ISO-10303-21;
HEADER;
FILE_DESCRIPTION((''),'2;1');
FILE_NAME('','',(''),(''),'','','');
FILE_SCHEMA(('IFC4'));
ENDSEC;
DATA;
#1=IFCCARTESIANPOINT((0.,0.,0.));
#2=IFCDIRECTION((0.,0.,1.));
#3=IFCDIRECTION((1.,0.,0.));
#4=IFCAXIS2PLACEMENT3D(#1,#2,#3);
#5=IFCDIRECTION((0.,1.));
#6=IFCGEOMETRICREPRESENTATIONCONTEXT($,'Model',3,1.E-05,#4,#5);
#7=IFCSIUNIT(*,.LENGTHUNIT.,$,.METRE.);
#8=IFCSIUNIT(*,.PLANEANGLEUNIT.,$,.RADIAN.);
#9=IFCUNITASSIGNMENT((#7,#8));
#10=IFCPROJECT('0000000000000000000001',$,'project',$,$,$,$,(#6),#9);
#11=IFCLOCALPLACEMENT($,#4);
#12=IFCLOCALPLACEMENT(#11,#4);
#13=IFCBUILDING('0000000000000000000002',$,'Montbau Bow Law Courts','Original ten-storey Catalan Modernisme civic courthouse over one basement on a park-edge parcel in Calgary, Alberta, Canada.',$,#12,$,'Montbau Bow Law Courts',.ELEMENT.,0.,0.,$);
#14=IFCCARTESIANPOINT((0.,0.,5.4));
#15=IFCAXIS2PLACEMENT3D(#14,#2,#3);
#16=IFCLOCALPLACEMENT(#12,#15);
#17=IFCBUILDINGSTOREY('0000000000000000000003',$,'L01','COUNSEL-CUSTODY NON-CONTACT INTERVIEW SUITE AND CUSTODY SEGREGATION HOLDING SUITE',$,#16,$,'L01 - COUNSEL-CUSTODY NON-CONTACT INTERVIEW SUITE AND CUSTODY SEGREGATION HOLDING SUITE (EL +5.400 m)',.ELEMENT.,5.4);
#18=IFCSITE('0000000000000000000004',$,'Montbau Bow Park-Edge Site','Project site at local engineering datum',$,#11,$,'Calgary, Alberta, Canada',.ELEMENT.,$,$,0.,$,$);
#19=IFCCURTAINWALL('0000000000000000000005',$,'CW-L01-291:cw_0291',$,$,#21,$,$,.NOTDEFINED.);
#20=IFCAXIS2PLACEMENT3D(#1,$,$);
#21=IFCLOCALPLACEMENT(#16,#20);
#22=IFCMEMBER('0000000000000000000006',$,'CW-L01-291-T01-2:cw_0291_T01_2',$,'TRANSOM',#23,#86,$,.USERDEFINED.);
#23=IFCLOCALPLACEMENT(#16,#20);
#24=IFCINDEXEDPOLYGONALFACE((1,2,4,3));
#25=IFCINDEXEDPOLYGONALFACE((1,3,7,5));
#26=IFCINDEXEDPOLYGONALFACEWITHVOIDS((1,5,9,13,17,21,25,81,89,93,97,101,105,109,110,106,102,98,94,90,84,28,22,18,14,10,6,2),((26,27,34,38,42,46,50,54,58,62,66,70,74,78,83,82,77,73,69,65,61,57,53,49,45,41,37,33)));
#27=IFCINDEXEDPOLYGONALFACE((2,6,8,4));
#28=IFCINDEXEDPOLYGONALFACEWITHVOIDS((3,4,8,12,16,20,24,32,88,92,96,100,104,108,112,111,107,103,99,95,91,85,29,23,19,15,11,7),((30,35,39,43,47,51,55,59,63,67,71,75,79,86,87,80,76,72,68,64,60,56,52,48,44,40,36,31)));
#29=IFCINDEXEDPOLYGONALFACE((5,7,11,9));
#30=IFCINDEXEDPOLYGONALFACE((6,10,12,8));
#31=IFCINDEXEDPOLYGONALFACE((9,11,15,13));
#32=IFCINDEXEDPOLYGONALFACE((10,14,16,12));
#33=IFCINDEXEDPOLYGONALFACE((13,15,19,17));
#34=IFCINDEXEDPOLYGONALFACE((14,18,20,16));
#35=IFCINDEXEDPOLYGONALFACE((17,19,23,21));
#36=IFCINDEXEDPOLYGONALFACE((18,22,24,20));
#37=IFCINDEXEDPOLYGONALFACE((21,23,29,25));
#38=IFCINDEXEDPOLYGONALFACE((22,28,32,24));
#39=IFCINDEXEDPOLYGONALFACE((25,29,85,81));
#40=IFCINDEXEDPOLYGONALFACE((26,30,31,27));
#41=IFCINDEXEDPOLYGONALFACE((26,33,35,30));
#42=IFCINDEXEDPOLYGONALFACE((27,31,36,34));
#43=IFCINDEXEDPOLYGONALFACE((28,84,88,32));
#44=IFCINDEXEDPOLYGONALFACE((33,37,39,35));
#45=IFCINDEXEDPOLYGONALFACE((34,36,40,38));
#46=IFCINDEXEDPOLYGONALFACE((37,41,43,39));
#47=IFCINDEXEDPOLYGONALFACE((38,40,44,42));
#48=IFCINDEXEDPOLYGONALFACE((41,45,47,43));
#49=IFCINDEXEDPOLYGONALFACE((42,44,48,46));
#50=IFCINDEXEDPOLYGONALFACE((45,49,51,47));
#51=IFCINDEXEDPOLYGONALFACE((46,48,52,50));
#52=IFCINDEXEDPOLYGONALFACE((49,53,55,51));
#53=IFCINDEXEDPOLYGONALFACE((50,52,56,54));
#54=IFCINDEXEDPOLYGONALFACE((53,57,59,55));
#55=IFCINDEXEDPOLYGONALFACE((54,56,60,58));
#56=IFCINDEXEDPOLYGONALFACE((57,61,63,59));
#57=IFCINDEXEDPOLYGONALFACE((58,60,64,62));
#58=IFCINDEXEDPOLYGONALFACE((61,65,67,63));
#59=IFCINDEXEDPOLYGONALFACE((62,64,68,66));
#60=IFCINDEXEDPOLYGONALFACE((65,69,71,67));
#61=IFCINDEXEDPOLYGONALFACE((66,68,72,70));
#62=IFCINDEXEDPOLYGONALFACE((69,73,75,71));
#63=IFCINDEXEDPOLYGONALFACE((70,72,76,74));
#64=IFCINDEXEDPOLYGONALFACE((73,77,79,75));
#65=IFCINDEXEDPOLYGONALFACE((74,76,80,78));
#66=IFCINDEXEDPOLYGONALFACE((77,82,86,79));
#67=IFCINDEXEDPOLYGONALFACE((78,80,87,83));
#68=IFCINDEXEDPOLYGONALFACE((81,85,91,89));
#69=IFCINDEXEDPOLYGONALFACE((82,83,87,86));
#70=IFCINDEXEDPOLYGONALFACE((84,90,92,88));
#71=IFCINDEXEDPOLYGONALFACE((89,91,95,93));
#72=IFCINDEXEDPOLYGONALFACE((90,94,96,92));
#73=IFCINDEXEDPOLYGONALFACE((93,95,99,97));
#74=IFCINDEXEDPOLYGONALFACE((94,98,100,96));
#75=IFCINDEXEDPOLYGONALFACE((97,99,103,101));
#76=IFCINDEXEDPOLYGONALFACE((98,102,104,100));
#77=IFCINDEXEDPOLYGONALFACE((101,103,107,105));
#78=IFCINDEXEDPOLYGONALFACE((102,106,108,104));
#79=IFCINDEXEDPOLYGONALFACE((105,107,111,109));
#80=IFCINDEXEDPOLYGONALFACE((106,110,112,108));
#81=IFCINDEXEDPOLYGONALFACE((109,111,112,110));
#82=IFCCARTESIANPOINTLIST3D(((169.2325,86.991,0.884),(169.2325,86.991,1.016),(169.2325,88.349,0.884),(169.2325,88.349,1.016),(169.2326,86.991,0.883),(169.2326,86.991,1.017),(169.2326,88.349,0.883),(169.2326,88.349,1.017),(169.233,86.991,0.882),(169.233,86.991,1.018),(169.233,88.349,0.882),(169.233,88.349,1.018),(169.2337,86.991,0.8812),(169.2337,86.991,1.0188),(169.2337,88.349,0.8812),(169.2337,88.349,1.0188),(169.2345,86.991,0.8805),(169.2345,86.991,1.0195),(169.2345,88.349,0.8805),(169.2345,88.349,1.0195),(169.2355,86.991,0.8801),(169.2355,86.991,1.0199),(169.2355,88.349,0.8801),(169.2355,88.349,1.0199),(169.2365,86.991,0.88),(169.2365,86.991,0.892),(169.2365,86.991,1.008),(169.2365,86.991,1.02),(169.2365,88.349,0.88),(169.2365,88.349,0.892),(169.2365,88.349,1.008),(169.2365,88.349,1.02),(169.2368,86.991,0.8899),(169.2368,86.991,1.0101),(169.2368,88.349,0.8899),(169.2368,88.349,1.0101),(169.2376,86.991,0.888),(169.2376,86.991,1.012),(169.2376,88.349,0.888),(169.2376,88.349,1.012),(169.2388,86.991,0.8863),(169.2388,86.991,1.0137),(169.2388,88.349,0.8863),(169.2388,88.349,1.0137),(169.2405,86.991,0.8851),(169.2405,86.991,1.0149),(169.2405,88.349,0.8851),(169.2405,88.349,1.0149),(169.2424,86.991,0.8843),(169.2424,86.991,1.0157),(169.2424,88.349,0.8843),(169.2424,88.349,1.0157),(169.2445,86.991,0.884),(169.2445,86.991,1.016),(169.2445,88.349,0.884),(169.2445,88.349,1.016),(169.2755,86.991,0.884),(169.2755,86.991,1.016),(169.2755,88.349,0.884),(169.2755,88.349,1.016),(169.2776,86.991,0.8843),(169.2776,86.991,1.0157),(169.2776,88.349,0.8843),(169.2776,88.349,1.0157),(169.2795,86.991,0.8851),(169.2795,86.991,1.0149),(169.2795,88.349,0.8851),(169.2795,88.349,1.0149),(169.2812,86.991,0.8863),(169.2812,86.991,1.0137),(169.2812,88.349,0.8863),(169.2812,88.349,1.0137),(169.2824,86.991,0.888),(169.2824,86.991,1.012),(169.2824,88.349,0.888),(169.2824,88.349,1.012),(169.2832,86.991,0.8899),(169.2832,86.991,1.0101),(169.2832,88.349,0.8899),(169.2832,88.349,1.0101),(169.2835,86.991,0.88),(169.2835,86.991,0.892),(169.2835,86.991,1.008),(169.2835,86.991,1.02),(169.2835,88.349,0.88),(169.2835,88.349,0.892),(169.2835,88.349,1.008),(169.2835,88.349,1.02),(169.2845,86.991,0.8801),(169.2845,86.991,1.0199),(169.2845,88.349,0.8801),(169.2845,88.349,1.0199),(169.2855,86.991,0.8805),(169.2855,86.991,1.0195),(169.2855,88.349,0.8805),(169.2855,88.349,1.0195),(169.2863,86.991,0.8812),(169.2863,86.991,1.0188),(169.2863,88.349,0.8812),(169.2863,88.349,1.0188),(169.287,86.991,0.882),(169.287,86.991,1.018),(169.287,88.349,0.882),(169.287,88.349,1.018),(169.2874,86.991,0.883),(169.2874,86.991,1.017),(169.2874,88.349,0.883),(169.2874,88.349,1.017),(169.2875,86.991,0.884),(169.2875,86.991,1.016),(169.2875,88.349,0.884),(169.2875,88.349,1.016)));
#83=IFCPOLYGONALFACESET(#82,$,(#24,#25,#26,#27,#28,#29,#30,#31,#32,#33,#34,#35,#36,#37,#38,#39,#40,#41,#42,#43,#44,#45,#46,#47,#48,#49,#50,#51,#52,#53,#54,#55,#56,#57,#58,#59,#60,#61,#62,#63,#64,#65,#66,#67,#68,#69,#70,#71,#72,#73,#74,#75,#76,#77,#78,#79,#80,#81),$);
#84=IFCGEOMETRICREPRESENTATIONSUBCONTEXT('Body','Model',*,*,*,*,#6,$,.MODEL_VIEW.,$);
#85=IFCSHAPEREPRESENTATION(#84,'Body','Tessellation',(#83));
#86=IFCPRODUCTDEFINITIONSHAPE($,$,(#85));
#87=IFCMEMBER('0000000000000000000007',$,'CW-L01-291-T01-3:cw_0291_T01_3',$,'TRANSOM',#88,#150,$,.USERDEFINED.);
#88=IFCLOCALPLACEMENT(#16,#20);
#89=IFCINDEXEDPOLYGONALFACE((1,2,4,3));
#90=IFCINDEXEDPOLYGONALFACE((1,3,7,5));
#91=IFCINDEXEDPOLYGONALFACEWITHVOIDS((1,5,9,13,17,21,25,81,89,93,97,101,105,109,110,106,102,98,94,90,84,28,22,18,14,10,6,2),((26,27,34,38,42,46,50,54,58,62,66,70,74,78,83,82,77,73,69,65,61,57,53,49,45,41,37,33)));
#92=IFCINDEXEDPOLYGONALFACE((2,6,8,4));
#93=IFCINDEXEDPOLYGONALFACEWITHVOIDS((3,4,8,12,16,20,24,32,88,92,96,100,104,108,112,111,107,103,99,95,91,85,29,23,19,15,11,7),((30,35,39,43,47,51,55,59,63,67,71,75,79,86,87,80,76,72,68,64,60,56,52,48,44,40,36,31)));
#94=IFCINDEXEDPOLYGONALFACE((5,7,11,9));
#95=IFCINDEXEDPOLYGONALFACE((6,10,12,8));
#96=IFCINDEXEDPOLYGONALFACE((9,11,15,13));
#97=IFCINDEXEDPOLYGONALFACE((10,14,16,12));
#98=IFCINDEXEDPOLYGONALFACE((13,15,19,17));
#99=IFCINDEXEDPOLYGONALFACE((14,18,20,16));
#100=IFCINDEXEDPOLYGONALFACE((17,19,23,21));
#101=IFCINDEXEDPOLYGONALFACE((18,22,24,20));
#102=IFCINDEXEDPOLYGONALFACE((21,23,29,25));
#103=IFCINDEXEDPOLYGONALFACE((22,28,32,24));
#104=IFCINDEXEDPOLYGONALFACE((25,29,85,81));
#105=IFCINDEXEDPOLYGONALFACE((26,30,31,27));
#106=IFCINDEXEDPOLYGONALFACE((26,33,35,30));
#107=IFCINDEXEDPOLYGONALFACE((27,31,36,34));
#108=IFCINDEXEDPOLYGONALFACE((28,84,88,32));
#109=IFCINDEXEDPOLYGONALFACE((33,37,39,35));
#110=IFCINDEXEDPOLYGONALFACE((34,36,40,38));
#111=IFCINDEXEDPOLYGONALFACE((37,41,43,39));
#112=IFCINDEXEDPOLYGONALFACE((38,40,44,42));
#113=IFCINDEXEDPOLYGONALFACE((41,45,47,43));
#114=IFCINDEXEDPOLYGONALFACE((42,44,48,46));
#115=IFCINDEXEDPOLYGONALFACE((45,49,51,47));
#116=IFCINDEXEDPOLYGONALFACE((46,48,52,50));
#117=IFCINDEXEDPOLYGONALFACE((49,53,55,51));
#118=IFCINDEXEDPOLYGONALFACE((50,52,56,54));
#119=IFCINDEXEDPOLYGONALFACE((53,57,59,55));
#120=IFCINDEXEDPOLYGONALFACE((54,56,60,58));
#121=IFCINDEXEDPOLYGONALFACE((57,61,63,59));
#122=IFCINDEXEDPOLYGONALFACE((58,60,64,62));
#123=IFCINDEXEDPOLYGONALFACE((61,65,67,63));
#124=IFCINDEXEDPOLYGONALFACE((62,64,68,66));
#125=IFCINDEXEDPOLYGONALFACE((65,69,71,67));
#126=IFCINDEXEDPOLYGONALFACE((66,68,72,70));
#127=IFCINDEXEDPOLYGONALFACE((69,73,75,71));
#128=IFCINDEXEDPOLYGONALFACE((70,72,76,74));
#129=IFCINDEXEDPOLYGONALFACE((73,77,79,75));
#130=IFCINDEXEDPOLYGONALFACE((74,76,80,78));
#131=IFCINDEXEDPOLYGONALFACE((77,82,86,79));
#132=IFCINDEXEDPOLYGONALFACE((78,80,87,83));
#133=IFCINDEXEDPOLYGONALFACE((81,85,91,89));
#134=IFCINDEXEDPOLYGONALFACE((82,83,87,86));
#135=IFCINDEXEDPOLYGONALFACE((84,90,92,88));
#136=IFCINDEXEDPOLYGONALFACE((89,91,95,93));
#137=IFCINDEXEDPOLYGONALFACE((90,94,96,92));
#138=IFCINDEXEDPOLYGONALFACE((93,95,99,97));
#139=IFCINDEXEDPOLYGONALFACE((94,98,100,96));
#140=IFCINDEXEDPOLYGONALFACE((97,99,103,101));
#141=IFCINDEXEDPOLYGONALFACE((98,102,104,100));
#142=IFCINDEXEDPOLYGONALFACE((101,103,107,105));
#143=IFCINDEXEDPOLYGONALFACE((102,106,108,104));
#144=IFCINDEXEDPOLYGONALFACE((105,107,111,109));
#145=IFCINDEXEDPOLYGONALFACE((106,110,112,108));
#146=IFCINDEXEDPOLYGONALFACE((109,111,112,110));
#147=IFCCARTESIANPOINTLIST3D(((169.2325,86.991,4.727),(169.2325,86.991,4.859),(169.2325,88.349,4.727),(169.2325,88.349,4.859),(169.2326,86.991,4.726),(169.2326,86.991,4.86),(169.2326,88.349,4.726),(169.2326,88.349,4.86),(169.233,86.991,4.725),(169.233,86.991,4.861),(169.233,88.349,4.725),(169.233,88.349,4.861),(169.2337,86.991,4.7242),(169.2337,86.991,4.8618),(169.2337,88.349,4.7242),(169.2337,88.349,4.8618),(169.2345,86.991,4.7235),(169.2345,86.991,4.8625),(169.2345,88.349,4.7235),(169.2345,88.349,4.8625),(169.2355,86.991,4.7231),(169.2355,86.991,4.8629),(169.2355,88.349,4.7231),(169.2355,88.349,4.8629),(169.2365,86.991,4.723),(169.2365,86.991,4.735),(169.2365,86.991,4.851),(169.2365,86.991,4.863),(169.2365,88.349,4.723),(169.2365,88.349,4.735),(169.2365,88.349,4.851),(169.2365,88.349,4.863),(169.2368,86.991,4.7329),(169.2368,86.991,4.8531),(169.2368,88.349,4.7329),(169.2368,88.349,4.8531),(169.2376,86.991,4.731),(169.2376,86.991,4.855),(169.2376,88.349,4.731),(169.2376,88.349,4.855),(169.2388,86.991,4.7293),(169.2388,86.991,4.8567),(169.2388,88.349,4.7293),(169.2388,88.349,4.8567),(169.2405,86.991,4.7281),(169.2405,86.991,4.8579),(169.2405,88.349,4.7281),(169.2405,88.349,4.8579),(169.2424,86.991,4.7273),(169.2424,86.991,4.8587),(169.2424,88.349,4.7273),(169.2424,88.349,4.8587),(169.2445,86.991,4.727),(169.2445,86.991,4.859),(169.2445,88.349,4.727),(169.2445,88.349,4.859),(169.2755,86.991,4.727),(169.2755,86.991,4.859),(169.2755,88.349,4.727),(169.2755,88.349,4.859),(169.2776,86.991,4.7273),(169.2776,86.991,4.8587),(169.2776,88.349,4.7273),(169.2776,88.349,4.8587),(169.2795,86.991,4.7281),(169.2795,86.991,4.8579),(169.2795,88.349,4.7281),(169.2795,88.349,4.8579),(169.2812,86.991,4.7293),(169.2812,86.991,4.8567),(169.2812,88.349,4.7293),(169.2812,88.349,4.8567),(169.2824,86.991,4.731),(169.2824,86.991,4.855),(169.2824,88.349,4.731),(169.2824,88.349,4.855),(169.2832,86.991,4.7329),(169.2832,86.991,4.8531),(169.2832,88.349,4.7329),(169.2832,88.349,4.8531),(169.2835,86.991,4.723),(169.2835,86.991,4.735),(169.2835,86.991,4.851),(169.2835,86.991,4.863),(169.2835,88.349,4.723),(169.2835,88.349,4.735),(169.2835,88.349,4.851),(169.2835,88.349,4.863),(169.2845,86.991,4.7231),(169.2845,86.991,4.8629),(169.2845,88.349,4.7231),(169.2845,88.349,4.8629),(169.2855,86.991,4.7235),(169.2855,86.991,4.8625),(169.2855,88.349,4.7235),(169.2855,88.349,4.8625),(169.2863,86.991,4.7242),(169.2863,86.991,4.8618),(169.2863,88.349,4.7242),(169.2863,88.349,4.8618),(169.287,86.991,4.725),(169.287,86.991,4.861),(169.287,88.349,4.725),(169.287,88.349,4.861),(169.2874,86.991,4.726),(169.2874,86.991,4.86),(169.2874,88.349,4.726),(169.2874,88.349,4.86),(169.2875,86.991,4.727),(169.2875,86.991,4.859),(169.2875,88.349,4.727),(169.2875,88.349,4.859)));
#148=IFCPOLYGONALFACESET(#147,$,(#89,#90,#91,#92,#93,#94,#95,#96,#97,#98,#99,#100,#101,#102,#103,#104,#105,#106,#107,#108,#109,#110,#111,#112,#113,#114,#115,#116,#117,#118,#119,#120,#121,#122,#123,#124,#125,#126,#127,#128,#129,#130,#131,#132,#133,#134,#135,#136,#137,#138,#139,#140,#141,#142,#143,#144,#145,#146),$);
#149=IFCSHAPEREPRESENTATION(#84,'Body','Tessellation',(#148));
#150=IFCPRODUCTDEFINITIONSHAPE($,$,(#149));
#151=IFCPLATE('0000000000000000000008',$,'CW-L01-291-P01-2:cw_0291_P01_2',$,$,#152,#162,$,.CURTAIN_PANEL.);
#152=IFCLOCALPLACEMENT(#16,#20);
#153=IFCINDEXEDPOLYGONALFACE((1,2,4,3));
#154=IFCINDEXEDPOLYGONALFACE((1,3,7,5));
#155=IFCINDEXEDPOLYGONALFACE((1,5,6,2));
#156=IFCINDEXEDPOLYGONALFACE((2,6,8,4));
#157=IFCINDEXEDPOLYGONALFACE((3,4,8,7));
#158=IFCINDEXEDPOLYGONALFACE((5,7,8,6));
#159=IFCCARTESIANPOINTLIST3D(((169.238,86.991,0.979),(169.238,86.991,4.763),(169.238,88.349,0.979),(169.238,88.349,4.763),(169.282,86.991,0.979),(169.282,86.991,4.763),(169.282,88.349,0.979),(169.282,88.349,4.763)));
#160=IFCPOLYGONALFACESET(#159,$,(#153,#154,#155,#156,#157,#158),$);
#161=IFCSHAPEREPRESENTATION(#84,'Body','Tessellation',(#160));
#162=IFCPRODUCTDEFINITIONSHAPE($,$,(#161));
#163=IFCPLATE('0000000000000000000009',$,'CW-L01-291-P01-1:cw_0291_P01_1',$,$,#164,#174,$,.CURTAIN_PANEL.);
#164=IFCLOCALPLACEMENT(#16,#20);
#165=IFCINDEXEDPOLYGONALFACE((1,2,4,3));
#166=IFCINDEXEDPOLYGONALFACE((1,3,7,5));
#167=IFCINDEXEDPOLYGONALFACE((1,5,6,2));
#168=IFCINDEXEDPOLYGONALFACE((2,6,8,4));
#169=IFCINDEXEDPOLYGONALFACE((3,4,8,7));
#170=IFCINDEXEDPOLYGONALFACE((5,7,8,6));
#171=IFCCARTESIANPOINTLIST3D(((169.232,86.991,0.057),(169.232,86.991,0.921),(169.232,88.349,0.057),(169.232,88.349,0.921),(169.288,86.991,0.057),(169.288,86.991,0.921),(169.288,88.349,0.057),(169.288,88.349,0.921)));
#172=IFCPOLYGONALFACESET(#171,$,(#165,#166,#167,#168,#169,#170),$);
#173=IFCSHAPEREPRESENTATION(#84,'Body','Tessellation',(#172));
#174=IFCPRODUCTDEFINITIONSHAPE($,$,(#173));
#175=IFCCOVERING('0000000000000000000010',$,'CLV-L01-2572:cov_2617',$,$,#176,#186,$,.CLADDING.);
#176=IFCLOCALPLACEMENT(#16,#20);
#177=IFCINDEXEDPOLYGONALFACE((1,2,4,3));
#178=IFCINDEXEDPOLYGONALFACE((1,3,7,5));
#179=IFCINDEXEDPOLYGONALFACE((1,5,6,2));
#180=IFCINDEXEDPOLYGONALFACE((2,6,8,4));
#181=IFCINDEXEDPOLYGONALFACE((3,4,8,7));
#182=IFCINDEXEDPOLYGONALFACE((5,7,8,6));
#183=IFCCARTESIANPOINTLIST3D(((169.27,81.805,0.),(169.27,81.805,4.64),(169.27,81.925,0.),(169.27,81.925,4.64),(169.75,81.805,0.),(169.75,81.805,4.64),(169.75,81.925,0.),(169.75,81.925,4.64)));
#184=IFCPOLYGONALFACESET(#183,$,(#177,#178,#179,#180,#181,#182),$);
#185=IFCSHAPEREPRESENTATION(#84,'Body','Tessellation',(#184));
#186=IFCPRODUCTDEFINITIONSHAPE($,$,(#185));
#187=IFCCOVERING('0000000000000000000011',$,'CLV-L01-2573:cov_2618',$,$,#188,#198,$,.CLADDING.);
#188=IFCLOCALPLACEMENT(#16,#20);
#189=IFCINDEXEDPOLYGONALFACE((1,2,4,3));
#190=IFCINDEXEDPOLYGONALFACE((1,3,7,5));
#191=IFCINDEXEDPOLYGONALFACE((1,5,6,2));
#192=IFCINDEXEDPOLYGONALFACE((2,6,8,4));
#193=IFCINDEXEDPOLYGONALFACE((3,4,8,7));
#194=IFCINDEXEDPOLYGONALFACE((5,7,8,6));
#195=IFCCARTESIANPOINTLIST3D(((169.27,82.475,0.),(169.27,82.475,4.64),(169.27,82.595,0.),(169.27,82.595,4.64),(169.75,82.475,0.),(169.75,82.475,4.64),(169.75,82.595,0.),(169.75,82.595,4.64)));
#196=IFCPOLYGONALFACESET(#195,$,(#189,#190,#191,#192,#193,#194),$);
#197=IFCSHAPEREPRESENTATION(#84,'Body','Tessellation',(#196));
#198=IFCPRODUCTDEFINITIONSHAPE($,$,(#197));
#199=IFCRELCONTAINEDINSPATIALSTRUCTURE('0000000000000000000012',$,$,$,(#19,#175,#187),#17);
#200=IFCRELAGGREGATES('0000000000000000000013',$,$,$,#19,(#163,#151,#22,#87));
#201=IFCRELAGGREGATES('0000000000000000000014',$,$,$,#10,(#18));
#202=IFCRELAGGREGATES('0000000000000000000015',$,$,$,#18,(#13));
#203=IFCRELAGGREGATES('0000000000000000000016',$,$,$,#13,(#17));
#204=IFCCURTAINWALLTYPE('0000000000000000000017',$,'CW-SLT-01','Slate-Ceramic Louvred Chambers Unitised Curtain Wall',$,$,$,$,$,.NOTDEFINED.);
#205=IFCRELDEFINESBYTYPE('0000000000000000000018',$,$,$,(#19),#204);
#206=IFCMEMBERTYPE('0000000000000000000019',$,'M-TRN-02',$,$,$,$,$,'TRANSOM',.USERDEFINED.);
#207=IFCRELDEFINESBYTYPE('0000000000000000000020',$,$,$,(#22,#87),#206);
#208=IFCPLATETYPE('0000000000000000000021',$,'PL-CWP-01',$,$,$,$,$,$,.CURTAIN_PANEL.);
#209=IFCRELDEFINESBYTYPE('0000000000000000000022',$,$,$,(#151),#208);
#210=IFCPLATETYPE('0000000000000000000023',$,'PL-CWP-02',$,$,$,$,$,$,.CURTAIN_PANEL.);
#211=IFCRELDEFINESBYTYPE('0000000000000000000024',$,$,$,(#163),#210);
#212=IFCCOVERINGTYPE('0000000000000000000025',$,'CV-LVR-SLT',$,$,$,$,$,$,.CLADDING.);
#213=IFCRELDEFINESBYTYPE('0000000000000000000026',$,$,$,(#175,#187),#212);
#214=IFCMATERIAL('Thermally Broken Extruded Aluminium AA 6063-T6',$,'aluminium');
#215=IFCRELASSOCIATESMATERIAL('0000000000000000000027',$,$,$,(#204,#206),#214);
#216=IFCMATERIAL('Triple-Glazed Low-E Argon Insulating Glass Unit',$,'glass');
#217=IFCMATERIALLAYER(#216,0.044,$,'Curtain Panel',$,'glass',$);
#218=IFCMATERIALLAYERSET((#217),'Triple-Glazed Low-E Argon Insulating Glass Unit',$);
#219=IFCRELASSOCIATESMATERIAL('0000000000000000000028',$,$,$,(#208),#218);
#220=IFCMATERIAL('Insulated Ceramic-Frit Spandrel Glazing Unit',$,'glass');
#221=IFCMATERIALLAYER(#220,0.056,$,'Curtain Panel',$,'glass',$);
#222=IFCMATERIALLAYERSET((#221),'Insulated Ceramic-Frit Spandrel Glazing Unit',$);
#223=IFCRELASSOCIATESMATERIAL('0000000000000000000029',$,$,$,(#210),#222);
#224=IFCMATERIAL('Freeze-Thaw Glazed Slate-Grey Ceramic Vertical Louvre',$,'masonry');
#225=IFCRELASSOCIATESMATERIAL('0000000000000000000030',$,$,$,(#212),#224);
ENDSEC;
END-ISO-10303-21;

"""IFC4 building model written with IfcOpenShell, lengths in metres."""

from ifc_helpers import new_model, si_unit, direction, frame, frame_2d, origin_with_axes, origin_2d_with_axis, place, context, subcontext, project, spatial, rectangle, hollow_rectangle, extrude, material, layer, layer_set, material_profile, profile_set, type_object, element, aggregate, save


model = new_model("IFC4")

# Units and contexts
model_context = context("Model", 3, precision=1e-05, world=origin_with_axes(), true_north=direction((0.0, 1.0)))
body_context = subcontext(model_context, "Body", "Model", "MODEL_VIEW")
ifc_project = project(units=[si_unit("LENGTHUNIT", "METRE"), si_unit("PLANEANGLEUNIT", "RADIAN")], contexts=[model_context])

# Site, building, storey
site_placement = place(None, origin_with_axes())
site = spatial("IfcSite", under=ifc_project, at=site_placement, Name="Montbau Bow Park-Edge Site", Description="Project site at local engineering datum", LongName="Calgary, Alberta, Canada", CompositionType="ELEMENT", RefElevation=0.0)
building_placement = place(site_placement, origin_with_axes())
building = spatial("IfcBuilding", under=site, at=building_placement, Name="Montbau Bow Law Courts", Description="Original ten-storey Catalan Modernisme civic courthouse over one basement on a park-edge parcel in Calgary, Alberta, Canada.", LongName="Montbau Bow Law Courts", CompositionType="ELEMENT", ElevationOfRefHeight=0.0, ElevationOfTerrain=0.0)
storey_placement = place(building_placement, frame((0.0, 0.0, 5.4), z_axis=(0.0, 0.0, 1.0), x_axis=(1.0, 0.0, 0.0)))
storey = spatial("IfcBuildingStorey", under=building, at=storey_placement, Name="L01", Description="COUNSEL-CUSTODY NON-CONTACT INTERVIEW SUITE AND CUSTODY SEGREGATION HOLDING SUITE", LongName="L01 - COUNSEL-CUSTODY NON-CONTACT INTERVIEW SUITE AND CUSTODY SEGREGATION HOLDING SUITE (EL +5.400 m)", CompositionType="ELEMENT", Elevation=5.4)

# Curtain wall
ifc_material_1 = material(Name="Thermally Broken Extruded Aluminium AA 6063-T6", Category="aluminium")
curtain_wall_type = type_object("IfcCurtainWallType", Name="CW-SLT-01", Description="Slate-Ceramic Louvred Chambers Unitised Curtain Wall", PredefinedType="NOTDEFINED", material=ifc_material_1)
curtain_wall_1_placement = place(None, frame((169.26, 86.915, 5.4), z_axis=(0.0, 0.0, 1.0), x_axis=(1.0, 0.0, 0.0)))
curtain_wall_1 = element("IfcCurtainWall", 1, at=curtain_wall_1_placement, inside=storey, type_object=curtain_wall_type, Name="CW-L01-291:cw_0291", PredefinedType="NOTDEFINED")

# Members
ifc_material_profile_1 = material_profile(ifc_material_1, hollow_rectangle(XDim=0.055, YDim=0.14, WallThickness=0.004, InnerFilletRadius=0.008, OuterFilletRadius=0.004, at=origin_2d_with_axis()), Name="CWT-140X55", Category="Main", Priority=0)
ifc_profile_set_1 = profile_set([ifc_material_profile_1], Name="Thermally Broken Extruded Aluminium AA 6063-T6")
member_type_1 = type_object("IfcMemberType", Name="M-TRN-02", ElementType="TRANSOM", PredefinedType="USERDEFINED", material=ifc_profile_set_1)
member_1_placement = place(None, frame((169.26, 86.991, 6.35), z_axis=(0.0, 1.0, 0.0), x_axis=(-1.0, 0.0, 0.0)))
member_1 = element("IfcMember", 2, at=member_1_placement, type_object=member_type_1, Name="CW-L01-291-T01-2:cw_0291_T01_2", ObjectType="TRANSOM", PredefinedType="USERDEFINED", context=body_context, shape_type="SweptSolid", body=[
    extrude(hollow_rectangle(XDim=0.055, YDim=0.14, WallThickness=0.004, InnerFilletRadius=0.008, OuterFilletRadius=0.004, at=origin_2d_with_axis()), origin_with_axes(), (0.0, 0.0, 1.0), 1.358),
])
member_2_placement = place(None, frame((169.26, 86.991, 10.193), z_axis=(0.0, 1.0, 0.0), x_axis=(-1.0, 0.0, 0.0)))
member_2 = element("IfcMember", 3, at=member_2_placement, type_object=member_type_1, Name="CW-L01-291-T01-3:cw_0291_T01_3", ObjectType="TRANSOM", PredefinedType="USERDEFINED", context=body_context, shape_type="SweptSolid", body=[
    extrude(hollow_rectangle(XDim=0.055, YDim=0.14, WallThickness=0.004, InnerFilletRadius=0.008, OuterFilletRadius=0.004, at=origin_2d_with_axis()), origin_with_axes(), (0.0, 0.0, 1.0), 1.358),
])

# Plates
ifc_material_2 = material(Name="Triple-Glazed Low-E Argon Insulating Glass Unit", Category="glass")
ifc_layer_1 = layer(ifc_material_2, 0.044, Name="Curtain Panel", Category="glass")
ifc_layer_set_1 = layer_set([ifc_layer_1], Name="Triple-Glazed Low-E Argon Insulating Glass Unit")
plate_type_1 = type_object("IfcPlateType", Name="PL-CWP-01", PredefinedType="CURTAIN_PANEL", material=ifc_layer_set_1)
plate_1_placement = place(None, frame((169.26, 86.991, 6.379), z_axis=(1.0, 0.0, 0.0), x_axis=(0.0, 1.0, 0.0)))
plate_1 = element("IfcPlate", 4, at=plate_1_placement, type_object=plate_type_1, Name="CW-L01-291-P01-2:cw_0291_P01_2", PredefinedType="CURTAIN_PANEL", context=body_context, shape_type="SweptSolid", body=[
    extrude(rectangle(XDim=1.358, YDim=3.784, at=frame_2d((0.679, 1.892), x_axis=(1.0, 0.0))), frame((0.0, 0.0, -0.022), z_axis=(0.0, 0.0, 1.0), x_axis=(1.0, 0.0, 0.0)), (0.0, 0.0, 1.0), 0.044),
])
ifc_material_3 = material(Name="Insulated Ceramic-Frit Spandrel Glazing Unit", Category="glass")
ifc_layer_2 = layer(ifc_material_3, 0.056, Name="Curtain Panel", Category="glass")
ifc_layer_set_2 = layer_set([ifc_layer_2], Name="Insulated Ceramic-Frit Spandrel Glazing Unit")
plate_type_2 = type_object("IfcPlateType", Name="PL-CWP-02", PredefinedType="CURTAIN_PANEL", material=ifc_layer_set_2)
plate_2_placement = place(None, frame((169.26, 86.991, 5.457), z_axis=(1.0, 0.0, 0.0), x_axis=(0.0, 1.0, 0.0)))
plate_2 = element("IfcPlate", 5, at=plate_2_placement, type_object=plate_type_2, Name="CW-L01-291-P01-1:cw_0291_P01_1", PredefinedType="CURTAIN_PANEL", context=body_context, shape_type="SweptSolid", body=[
    extrude(rectangle(XDim=1.358, YDim=0.864, at=frame_2d((0.679, 0.432), x_axis=(1.0, 0.0))), frame((0.0, 0.0, -0.028), z_axis=(0.0, 0.0, 1.0), x_axis=(1.0, 0.0, 0.0)), (0.0, 0.0, 1.0), 0.056),
])
aggregate(curtain_wall_1, [plate_2, plate_1, member_1, member_2])

# Coverings
ifc_material_4 = material(Name="Freeze-Thaw Glazed Slate-Grey Ceramic Vertical Louvre", Category="masonry")
covering_type = type_object("IfcCoveringType", Name="CV-LVR-SLT", PredefinedType="CLADDING", material=ifc_material_4)
for number, where, z_axis, x_axis, name in (
    (6, (169.27, 81.865, 5.4), (0.0, -1.0, 0.0), (1.0, 0.0, 0.0), "CLV-L01-2572:cov_2617"),
    (7, (169.27, 82.535, 5.4), (0.0, -1.0, 0.0), (1.0, 0.0, 0.0), "CLV-L01-2573:cov_2618"),
):
    element("IfcCovering", number, at=place(None, frame(where, z_axis=z_axis, x_axis=x_axis)), inside=storey, type_object=covering_type, Name=name, PredefinedType="CLADDING", context=body_context, shape_type="SweptSolid", body=[
        extrude(rectangle(XDim=0.48, YDim=4.64, at=frame_2d((0.24, 2.32), x_axis=(1.0, 0.0))), frame((0.0, 0.0, -0.06), z_axis=(0.0, 0.0, 1.0), x_axis=(1.0, 0.0, 0.0)), (0.0, 0.0, 1.0), 0.12),
    ])

save(model, "model.ifc")
